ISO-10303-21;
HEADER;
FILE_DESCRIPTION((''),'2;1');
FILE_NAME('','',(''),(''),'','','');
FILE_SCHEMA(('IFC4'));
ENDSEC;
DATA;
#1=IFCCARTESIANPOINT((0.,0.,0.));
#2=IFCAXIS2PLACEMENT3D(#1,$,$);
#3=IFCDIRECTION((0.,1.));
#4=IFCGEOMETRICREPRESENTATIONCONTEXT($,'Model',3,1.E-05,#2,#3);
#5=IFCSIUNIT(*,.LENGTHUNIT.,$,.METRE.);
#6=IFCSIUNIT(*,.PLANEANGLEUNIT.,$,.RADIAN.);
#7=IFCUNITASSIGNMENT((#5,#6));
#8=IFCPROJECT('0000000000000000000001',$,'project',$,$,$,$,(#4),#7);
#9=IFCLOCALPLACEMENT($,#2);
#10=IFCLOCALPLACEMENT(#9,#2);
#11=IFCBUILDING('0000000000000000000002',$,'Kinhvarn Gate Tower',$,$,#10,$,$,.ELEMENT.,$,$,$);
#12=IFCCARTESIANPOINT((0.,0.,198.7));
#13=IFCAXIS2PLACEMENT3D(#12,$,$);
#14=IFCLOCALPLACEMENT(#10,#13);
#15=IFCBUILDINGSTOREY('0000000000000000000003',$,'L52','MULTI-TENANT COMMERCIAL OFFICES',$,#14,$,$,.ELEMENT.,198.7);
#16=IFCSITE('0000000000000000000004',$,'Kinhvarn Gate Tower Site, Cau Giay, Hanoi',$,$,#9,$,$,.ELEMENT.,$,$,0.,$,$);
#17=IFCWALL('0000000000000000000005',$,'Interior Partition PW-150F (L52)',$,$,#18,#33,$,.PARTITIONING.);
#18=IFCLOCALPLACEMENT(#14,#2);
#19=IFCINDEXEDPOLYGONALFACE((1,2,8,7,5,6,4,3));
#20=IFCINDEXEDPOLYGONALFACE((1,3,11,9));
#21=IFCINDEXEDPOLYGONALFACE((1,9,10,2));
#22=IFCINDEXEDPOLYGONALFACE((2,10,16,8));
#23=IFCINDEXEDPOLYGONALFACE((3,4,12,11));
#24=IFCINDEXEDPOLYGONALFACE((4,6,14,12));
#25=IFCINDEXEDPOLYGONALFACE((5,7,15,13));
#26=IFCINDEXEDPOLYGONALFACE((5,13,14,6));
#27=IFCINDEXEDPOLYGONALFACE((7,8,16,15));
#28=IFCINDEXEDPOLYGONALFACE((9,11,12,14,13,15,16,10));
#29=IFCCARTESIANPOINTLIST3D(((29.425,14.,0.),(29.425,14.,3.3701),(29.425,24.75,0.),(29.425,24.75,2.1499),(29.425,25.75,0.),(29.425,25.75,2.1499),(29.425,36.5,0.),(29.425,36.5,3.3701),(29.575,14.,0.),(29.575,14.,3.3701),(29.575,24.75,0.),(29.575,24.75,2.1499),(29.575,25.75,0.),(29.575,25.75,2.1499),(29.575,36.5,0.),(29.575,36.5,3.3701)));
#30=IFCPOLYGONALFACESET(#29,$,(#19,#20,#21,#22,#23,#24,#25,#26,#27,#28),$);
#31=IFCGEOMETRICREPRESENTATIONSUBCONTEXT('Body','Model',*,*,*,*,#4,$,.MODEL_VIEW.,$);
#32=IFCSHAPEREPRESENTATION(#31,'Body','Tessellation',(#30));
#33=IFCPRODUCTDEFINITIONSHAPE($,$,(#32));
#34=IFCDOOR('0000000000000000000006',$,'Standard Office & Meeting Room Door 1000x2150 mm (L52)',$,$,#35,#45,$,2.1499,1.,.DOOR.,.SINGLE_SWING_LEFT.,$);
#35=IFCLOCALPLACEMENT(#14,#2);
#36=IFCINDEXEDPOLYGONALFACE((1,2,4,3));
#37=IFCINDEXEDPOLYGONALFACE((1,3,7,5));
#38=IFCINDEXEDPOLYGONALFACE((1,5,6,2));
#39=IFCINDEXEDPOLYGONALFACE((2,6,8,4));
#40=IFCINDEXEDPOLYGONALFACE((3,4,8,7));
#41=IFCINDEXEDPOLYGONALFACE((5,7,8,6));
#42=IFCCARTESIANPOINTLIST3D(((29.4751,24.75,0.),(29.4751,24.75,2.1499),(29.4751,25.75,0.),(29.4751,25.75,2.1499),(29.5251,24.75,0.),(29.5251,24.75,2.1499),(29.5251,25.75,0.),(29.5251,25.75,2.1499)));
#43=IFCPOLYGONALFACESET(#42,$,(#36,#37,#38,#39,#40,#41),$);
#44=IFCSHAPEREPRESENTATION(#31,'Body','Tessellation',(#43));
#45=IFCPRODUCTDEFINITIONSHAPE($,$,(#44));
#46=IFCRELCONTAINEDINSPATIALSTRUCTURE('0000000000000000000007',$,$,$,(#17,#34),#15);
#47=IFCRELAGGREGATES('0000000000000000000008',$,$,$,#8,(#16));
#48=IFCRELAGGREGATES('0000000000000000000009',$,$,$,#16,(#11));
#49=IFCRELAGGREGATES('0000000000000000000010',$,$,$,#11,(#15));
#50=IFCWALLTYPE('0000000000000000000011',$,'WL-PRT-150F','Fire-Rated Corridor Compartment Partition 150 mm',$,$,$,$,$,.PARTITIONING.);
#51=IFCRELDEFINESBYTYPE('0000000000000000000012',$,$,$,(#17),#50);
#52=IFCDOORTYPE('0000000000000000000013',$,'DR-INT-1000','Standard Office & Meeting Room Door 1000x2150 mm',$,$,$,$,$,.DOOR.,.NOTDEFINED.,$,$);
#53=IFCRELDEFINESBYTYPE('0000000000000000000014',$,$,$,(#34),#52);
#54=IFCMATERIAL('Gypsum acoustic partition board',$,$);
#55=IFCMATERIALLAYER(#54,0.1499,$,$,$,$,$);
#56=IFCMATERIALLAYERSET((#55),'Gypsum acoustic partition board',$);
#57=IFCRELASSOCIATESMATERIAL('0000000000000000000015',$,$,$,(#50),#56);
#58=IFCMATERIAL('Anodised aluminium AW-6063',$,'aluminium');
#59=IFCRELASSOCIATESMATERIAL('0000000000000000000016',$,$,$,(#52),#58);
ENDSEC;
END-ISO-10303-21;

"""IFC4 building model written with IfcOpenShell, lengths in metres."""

from ifc_helpers import new_model, si_unit, direction, frame, frame_2d, origin, place, context, subcontext, project, spatial, rectangle, extrude, material, layer, layer_set, type_object, element, fill, save


model = new_model("IFC4")

# Units and contexts
model_context = context("Model", 3, precision=1e-05, world=origin(), true_north=direction((0.0, 1.0)))
body_context = subcontext(model_context, "Body", "Model", "MODEL_VIEW")
ifc_project = project(units=[si_unit("LENGTHUNIT", "METRE"), si_unit("PLANEANGLEUNIT", "RADIAN")], contexts=[model_context])

# Site, building, storey
site_placement = place(None, origin())
site = spatial("IfcSite", under=ifc_project, at=site_placement, Name="Kinhvarn Gate Tower Site, Cau Giay, Hanoi", CompositionType="ELEMENT", RefElevation=0.0)
building_placement = place(site_placement, origin())
building = spatial("IfcBuilding", under=site, at=building_placement, Name="Kinhvarn Gate Tower", CompositionType="ELEMENT")
storey_placement = place(building_placement, frame((0.0, 0.0, 198.7)))
storey = spatial("IfcBuildingStorey", under=building, at=storey_placement, Name="L52", Description="MULTI-TENANT COMMERCIAL OFFICES", CompositionType="ELEMENT", Elevation=198.7)

# Shared definitions
ifc_material_1 = material(Name="Gypsum acoustic partition board")

# Shared definitions
ifc_material_2 = material(Name="Anodised aluminium AW-6063", Category="aluminium")

# Shared definitions
ifc_layer_1 = layer(ifc_material_1, 0.1499)
ifc_layer_set_1 = layer_set([ifc_layer_1], Name="Gypsum acoustic partition board")
wall_type_1 = type_object("IfcWallType", Name="WL-PRT-150F", Description="Fire-Rated Corridor Compartment Partition 150 mm", PredefinedType="PARTITIONING", material=ifc_layer_set_1)

# Shared definitions
door_type_1 = type_object("IfcDoorType", Name="DR-INT-1000", Description="Standard Office & Meeting Room Door 1000x2150 mm", OperationType="NOTDEFINED", PredefinedType="DOOR", material=ifc_material_2)

# Wall, opening, door
wall_1_placement = place(storey_placement, frame((29.5, 14.0, 0.0), z_axis=(0.0, 0.0, 1.0), x_axis=(0.0, 1.0, 0.0)))
wall_1 = element("IfcWall", 1, at=wall_1_placement, inside=storey, type_object=wall_type_1, Name="Interior Partition PW-150F (L52)", PredefinedType="PARTITIONING", context=body_context, shape_type="SweptSolid", body=[
    extrude(rectangle(XDim=22.5, YDim=0.1499, at=frame_2d((11.25, 0.0))), origin(), (0.0, 0.0, 1.0), 3.3701),
])
opening_1_placement = place(wall_1_placement, frame((10.75, 0.0, 0.0)))
opening_1 = element("IfcOpeningElement", 2, at=opening_1_placement, cuts=wall_1, PredefinedType="OPENING", context=body_context, shape_type="SweptSolid", body=[
    extrude(rectangle(XDim=1.0, YDim=2.1499, at=frame_2d((0.5, 1.075))), frame((0.0, 0.085, 0.0), z_axis=(0.0, -1.0, 0.0), x_axis=(1.0, 0.0, 0.0)), (0.0, 0.0, 1.0), 0.1699),
])
door_1_placement = place(opening_1_placement, origin())
door_1 = element("IfcDoor", 3, at=door_1_placement, inside=storey, type_object=door_type_1, Name="Standard Office & Meeting Room Door 1000x2150 mm (L52)", OperationType="SINGLE_SWING_LEFT", OverallHeight=2.1499, OverallWidth=1.0, PredefinedType="DOOR", context=body_context, shape_type="SweptSolid", body=[
    extrude(rectangle(XDim=1.0, YDim=2.1499, at=frame_2d((0.5, 1.075))), frame((0.0, 0.0249, 0.0), z_axis=(0.0, -1.0, 0.0), x_axis=(1.0, 0.0, 0.0)), (0.0, 0.0, 1.0), 0.05),
])
fill(opening_1, door_1)

save(model, "model.ifc")
